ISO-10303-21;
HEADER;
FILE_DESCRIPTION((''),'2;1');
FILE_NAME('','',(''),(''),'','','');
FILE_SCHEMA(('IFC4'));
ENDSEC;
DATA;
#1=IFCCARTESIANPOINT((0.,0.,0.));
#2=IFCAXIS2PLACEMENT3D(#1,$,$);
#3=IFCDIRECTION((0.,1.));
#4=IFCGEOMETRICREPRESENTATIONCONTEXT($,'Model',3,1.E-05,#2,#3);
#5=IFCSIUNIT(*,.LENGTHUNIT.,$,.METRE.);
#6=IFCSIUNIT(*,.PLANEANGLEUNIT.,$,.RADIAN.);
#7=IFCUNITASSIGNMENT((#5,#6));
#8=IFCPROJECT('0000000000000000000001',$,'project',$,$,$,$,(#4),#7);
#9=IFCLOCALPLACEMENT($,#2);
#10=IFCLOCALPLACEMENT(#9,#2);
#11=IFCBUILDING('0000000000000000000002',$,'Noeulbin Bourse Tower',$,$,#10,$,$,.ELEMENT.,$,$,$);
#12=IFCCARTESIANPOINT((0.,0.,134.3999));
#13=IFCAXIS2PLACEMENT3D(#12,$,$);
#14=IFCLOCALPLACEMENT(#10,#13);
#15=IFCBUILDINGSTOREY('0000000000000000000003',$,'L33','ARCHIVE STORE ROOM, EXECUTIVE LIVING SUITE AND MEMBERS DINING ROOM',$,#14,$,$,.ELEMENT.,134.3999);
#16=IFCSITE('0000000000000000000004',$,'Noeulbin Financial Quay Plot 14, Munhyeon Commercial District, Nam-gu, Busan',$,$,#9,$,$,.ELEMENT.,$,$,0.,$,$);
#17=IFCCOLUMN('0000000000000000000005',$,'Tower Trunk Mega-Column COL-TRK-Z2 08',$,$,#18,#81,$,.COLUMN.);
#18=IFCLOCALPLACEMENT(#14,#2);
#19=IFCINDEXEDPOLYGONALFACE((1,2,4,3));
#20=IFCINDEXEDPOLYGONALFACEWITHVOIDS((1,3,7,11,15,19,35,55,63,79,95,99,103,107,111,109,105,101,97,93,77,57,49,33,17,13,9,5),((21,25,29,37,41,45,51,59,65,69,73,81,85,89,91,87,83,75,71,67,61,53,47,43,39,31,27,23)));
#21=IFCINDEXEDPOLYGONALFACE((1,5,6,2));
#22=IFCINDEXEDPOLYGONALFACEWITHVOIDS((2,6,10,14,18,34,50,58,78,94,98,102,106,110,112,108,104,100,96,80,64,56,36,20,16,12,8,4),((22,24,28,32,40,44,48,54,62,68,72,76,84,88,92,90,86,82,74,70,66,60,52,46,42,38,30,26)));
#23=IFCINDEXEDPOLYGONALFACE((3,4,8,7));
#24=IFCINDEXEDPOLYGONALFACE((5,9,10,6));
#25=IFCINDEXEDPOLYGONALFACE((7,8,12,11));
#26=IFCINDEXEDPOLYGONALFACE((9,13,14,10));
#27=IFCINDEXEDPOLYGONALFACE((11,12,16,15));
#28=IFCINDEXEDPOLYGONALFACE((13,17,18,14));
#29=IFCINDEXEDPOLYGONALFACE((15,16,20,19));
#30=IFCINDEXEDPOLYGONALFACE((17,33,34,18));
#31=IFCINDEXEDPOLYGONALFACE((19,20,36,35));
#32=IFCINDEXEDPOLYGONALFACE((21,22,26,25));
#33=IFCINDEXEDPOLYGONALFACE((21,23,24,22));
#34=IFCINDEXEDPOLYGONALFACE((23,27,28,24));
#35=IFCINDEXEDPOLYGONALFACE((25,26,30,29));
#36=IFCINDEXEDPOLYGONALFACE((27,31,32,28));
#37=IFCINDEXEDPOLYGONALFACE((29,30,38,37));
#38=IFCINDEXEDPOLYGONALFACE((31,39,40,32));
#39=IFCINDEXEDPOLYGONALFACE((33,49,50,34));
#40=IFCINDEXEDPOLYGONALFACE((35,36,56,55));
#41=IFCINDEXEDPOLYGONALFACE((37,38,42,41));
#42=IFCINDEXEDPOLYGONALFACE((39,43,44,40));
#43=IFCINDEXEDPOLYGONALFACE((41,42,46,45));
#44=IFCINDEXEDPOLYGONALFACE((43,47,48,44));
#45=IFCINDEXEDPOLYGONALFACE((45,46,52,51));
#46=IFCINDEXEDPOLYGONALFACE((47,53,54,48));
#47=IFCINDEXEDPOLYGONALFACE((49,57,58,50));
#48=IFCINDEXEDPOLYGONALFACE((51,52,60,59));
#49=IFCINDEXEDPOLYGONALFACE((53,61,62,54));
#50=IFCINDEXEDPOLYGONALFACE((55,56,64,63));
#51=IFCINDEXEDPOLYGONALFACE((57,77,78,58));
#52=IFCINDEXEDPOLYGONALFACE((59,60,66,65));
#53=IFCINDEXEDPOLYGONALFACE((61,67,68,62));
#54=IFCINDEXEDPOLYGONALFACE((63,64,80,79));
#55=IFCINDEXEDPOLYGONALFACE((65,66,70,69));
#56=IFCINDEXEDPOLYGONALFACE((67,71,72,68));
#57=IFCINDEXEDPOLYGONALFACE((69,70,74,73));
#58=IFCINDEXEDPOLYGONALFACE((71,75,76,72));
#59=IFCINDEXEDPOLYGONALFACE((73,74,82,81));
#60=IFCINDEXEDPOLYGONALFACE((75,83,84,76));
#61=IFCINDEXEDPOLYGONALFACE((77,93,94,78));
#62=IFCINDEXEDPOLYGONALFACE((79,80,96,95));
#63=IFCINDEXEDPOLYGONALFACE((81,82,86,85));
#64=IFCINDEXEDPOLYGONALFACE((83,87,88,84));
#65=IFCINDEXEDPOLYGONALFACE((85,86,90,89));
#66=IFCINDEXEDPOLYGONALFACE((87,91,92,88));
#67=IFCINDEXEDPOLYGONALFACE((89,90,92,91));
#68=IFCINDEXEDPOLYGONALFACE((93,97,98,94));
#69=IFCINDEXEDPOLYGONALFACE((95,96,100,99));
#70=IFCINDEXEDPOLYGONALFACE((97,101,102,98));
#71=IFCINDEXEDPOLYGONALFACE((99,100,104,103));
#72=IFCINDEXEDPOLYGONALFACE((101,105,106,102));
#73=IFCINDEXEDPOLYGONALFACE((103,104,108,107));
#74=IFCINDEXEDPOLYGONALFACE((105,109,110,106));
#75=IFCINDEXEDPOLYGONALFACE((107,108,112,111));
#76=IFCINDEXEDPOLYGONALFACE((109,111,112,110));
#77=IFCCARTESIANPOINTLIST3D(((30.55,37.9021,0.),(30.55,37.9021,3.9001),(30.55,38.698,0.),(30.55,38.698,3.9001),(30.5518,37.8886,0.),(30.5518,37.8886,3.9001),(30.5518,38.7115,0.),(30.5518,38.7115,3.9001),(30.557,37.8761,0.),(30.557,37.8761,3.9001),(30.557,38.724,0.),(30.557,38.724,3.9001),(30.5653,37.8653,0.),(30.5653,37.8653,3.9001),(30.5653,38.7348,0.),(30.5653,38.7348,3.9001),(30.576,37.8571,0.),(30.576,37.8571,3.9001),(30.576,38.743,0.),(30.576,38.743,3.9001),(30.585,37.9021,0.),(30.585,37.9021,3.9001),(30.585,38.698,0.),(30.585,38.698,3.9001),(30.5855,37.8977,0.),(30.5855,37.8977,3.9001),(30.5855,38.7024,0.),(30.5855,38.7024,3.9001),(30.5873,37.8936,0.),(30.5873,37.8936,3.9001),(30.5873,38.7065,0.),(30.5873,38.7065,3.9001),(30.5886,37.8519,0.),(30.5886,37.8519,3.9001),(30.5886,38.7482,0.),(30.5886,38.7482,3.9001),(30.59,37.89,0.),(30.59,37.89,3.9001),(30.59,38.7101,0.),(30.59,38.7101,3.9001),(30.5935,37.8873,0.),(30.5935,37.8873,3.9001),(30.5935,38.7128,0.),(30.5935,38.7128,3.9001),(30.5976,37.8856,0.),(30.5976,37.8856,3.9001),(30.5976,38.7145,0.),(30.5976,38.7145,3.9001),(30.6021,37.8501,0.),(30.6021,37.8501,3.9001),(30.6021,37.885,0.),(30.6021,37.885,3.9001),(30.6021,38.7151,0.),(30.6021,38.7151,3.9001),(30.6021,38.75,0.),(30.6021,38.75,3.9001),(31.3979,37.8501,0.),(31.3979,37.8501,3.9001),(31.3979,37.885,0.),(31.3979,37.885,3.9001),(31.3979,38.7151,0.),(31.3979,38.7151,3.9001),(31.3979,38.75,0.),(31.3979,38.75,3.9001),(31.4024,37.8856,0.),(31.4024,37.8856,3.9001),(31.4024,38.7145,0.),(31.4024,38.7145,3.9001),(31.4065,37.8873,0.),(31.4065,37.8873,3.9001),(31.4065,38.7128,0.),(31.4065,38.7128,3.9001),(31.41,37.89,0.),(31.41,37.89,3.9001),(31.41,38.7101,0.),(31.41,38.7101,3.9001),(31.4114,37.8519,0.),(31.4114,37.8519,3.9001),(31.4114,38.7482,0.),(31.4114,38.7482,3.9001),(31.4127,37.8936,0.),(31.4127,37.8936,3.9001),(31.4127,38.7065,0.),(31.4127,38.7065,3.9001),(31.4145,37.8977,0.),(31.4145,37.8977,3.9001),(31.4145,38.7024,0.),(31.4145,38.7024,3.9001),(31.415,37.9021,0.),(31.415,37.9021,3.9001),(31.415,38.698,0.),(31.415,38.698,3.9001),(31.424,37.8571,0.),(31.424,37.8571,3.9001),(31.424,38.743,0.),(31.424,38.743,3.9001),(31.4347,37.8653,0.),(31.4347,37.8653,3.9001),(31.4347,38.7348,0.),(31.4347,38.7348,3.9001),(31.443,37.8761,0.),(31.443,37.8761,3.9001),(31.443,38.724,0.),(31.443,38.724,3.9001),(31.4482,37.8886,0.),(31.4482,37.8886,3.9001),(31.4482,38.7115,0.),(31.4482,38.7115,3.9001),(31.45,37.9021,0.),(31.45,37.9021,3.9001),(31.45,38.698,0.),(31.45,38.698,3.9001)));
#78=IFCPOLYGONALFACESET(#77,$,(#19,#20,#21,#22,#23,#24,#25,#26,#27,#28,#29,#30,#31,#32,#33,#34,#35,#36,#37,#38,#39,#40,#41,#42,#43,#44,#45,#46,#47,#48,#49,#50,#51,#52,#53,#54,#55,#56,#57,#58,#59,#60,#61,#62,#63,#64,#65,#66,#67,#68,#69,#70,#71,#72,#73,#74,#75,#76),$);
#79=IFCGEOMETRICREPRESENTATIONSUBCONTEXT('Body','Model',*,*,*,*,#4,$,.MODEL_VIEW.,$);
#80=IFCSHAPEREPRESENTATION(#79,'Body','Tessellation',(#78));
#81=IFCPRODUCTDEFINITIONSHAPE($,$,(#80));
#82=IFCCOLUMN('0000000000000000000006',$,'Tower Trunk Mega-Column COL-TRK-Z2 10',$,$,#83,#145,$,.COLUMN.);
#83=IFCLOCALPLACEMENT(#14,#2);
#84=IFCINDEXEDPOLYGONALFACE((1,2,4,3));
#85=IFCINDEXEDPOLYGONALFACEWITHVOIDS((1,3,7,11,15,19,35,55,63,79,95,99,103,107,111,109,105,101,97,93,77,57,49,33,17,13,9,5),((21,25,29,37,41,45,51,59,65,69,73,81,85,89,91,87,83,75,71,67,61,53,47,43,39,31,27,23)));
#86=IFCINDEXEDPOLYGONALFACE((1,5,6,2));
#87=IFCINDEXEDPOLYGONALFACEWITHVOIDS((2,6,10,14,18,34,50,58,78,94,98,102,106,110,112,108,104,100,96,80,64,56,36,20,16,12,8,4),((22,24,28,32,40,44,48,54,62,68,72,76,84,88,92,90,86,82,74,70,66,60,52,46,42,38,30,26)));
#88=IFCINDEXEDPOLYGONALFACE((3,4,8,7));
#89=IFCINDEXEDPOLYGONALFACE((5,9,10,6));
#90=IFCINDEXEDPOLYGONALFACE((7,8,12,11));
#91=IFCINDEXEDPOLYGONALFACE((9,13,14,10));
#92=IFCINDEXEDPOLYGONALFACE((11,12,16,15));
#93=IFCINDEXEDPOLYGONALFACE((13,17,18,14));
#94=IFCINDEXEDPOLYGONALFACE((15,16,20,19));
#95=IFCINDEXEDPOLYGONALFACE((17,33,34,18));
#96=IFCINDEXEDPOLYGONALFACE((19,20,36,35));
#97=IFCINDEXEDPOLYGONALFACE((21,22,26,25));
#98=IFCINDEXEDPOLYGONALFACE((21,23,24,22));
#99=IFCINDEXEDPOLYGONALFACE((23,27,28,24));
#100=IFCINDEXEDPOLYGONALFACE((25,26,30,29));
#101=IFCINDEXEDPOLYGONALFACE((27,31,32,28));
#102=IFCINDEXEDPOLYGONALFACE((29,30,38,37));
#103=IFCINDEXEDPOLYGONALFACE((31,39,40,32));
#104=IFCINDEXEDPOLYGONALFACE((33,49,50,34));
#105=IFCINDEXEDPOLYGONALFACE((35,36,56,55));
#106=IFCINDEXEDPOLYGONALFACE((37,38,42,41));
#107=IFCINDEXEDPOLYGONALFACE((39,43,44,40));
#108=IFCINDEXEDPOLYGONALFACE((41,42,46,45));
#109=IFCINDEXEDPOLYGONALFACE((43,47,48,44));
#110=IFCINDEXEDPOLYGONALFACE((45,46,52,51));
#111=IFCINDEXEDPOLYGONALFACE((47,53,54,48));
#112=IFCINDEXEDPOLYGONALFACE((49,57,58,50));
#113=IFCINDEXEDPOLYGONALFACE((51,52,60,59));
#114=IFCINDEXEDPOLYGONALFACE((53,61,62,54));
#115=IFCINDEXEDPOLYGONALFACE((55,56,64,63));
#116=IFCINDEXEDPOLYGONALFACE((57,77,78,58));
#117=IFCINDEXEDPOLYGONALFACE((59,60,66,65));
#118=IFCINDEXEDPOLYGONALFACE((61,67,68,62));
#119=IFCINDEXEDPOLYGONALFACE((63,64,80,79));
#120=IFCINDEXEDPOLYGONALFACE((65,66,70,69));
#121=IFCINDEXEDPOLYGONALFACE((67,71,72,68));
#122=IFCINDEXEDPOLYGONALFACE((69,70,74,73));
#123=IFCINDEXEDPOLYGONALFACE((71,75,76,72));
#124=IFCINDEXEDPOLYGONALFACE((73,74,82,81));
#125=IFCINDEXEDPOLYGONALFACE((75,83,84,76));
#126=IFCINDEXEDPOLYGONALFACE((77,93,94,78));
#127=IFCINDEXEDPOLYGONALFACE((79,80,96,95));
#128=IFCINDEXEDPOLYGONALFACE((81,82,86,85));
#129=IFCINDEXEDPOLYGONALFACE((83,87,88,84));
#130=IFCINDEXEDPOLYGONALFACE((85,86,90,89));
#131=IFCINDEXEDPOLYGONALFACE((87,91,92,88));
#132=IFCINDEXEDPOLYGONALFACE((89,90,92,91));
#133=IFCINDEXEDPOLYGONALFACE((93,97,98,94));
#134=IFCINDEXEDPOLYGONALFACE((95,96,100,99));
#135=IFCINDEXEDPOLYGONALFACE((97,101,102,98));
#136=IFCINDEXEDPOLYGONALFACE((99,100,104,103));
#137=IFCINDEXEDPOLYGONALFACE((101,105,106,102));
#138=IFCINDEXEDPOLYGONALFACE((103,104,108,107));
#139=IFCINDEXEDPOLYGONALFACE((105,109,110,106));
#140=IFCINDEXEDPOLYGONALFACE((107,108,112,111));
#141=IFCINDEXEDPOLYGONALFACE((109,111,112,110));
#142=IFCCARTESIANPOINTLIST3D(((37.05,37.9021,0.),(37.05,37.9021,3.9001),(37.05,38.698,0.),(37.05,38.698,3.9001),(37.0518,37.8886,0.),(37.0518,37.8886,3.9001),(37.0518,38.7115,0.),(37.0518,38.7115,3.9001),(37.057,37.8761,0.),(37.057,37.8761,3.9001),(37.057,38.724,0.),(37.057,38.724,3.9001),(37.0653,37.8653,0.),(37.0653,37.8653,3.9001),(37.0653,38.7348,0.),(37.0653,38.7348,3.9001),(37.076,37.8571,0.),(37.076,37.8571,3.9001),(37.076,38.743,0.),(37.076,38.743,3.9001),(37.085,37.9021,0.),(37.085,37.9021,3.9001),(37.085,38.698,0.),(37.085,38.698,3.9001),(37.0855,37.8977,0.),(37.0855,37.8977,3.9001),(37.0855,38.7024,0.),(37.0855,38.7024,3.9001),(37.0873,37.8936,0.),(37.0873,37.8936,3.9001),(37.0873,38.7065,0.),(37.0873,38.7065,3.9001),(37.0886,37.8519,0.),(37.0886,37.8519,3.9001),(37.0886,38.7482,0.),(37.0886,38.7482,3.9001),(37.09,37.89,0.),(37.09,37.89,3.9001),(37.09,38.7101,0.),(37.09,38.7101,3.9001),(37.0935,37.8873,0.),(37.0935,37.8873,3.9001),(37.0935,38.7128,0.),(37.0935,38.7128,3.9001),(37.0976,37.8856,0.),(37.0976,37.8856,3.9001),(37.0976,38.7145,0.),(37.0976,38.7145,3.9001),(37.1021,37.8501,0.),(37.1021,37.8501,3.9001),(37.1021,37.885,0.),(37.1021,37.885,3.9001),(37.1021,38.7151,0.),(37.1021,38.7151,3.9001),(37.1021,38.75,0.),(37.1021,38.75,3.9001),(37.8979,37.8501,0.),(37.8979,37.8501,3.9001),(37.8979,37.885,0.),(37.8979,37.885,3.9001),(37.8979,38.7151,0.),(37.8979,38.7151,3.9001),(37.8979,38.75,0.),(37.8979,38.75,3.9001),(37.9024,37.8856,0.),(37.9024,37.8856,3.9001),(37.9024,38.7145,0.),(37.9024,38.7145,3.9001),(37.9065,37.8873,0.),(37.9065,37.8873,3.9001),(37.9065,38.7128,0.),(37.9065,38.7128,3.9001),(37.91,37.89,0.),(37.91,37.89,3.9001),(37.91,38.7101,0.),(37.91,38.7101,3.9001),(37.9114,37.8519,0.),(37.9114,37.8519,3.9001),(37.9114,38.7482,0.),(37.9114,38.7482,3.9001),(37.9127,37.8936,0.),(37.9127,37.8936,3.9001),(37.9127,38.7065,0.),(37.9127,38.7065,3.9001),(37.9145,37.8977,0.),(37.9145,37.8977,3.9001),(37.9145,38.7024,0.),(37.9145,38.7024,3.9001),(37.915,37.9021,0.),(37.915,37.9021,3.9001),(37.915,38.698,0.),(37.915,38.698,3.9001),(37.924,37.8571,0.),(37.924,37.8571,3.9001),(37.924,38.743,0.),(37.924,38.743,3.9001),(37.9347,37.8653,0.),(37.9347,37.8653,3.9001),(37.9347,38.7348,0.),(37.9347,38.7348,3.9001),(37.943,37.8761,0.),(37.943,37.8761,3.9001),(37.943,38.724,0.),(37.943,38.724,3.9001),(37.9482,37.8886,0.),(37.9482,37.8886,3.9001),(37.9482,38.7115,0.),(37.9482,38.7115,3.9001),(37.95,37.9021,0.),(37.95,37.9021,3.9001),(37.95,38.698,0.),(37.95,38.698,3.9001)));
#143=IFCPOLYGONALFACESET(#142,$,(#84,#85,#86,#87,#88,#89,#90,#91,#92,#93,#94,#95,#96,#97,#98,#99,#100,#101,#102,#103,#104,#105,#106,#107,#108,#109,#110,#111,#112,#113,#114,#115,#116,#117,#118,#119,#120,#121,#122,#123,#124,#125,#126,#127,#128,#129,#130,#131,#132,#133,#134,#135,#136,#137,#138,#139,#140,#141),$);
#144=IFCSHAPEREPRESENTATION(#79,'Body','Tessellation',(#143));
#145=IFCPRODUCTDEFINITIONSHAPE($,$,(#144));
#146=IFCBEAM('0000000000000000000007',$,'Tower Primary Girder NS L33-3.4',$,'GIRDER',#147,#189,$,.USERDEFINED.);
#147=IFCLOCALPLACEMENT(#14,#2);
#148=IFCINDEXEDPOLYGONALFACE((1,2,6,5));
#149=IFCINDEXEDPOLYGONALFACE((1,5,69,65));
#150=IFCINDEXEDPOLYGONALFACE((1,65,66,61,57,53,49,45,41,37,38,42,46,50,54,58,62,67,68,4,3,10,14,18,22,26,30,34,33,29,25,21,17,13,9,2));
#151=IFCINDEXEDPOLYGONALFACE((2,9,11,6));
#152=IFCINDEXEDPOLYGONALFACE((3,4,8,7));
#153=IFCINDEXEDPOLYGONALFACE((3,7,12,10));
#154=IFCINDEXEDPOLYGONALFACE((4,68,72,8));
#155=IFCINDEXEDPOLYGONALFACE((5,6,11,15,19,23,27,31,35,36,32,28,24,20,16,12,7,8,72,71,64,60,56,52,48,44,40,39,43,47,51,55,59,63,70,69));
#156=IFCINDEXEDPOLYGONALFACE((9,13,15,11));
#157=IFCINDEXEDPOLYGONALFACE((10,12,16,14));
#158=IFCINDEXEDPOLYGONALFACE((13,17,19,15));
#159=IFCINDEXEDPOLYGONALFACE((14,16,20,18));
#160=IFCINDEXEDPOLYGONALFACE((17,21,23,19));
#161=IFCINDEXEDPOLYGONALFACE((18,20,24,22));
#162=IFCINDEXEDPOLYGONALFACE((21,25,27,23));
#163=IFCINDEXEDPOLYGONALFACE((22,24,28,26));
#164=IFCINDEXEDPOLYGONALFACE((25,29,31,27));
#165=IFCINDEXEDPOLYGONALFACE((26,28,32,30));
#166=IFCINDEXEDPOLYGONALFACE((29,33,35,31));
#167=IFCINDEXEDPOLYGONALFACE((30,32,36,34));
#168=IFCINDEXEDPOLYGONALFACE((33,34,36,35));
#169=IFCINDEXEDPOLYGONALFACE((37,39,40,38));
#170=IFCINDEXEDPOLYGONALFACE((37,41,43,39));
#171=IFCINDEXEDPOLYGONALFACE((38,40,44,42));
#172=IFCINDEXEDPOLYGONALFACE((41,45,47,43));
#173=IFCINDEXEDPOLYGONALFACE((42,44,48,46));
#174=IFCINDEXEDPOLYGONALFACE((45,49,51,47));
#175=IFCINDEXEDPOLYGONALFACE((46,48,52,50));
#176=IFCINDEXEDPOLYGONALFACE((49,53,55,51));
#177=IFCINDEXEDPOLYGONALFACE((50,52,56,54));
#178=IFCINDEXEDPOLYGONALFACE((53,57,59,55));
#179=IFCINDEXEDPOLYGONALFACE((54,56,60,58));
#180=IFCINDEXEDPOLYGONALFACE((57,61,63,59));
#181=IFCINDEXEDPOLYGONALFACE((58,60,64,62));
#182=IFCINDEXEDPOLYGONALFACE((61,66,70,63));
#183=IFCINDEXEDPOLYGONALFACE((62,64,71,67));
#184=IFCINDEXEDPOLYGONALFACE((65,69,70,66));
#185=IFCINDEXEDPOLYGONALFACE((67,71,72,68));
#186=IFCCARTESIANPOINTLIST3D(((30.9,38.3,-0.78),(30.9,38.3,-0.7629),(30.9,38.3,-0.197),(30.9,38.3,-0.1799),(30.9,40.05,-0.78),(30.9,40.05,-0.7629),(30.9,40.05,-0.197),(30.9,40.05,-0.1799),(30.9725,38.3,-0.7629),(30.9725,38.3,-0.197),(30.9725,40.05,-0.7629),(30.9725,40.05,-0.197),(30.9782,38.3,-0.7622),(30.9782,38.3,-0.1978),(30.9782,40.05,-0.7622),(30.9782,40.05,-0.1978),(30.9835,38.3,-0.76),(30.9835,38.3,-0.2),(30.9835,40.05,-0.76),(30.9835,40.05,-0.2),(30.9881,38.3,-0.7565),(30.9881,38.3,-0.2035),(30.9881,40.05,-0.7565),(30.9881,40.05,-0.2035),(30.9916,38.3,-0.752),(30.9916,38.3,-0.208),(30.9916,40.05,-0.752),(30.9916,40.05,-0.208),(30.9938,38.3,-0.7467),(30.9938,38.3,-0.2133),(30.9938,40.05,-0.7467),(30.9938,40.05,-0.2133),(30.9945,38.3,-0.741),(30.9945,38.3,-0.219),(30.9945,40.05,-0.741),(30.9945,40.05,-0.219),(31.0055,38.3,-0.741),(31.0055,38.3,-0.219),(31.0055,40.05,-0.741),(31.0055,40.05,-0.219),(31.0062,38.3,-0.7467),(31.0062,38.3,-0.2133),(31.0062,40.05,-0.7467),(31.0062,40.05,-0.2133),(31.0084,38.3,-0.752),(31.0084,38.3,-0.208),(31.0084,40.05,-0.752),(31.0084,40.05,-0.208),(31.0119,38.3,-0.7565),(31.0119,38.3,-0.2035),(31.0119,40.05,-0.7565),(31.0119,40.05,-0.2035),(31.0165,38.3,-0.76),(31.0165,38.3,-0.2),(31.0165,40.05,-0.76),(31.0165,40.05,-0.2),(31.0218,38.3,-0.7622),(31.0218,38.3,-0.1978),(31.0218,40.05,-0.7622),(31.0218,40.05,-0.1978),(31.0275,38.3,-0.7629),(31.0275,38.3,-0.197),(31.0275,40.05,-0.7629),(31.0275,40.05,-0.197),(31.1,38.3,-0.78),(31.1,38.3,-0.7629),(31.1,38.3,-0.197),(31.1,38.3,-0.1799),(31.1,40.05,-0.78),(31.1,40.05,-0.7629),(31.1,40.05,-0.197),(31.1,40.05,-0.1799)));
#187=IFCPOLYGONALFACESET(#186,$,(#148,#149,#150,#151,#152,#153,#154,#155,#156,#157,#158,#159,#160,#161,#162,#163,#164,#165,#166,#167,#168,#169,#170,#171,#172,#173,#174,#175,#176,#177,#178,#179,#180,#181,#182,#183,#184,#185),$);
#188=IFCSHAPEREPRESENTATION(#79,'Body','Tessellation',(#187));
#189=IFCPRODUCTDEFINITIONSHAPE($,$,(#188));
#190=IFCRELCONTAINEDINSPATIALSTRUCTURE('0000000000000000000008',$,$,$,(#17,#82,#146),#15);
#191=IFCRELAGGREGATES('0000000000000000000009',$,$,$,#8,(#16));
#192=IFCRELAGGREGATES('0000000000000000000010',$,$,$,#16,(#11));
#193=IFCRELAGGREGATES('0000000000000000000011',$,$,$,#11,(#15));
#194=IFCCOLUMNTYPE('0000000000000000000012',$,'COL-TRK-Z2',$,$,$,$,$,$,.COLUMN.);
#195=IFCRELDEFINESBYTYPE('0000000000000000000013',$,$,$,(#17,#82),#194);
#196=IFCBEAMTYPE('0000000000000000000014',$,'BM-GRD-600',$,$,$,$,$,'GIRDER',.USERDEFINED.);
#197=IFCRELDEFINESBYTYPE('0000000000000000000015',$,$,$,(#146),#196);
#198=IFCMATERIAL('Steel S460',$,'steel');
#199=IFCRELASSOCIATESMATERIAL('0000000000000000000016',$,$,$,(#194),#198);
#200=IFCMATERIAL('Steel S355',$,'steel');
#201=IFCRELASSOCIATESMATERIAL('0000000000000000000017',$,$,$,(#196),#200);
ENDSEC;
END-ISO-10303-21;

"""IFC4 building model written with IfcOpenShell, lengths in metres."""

from ifc_helpers import new_model, si_unit, direction, frame, origin, origin_2d, place, context, subcontext, project, spatial, hollow_rectangle, i_section, extrude, material, material_profile, profile_set, type_object, element, save


model = new_model("IFC4")

# Units and contexts
model_context = context("Model", 3, precision=1e-05, world=origin(), true_north=direction((0.0, 1.0)))
body_context = subcontext(model_context, "Body", "Model", "MODEL_VIEW")
ifc_project = project(units=[si_unit("LENGTHUNIT", "METRE"), si_unit("PLANEANGLEUNIT", "RADIAN")], contexts=[model_context])

# Site, building, storey
site_placement = place(None, origin())
site = spatial("IfcSite", under=ifc_project, at=site_placement, Name="Noeulbin Financial Quay Plot 14, Munhyeon Commercial District, Nam-gu, Busan", CompositionType="ELEMENT", RefElevation=0.0)
building_placement = place(site_placement, origin())
building = spatial("IfcBuilding", under=site, at=building_placement, Name="Noeulbin Bourse Tower", CompositionType="ELEMENT")
storey_placement = place(building_placement, frame((0.0, 0.0, 134.3999)))
storey = spatial("IfcBuildingStorey", under=building, at=storey_placement, Name="L33", Description="ARCHIVE STORE ROOM, EXECUTIVE LIVING SUITE AND MEMBERS DINING ROOM", CompositionType="ELEMENT", Elevation=134.3999)

# Columns
ifc_material_1 = material(Name="Steel S460", Category="steel")
ifc_material_profile_1 = material_profile(ifc_material_1, hollow_rectangle(XDim=0.8999, YDim=0.8999, WallThickness=0.0349, InnerFilletRadius=0.0171, OuterFilletRadius=0.052, at=origin_2d()), Name="BOX-900x900x35", Category="LoadBearing")
ifc_profile_set_1 = profile_set([ifc_material_profile_1], Name="Steel S460")
column_type = type_object("IfcColumnType", Name="COL-TRK-Z2", PredefinedType="COLUMN", material=ifc_profile_set_1)
for number, where, z_axis, x_axis, name in (
    (1, (31.0, 38.3, 0.0), (0.0, 0.0, 1.0), (1.0, 0.0, 0.0), "Tower Trunk Mega-Column COL-TRK-Z2 08"),
    (2, (37.5, 38.3, 0.0), (0.0, 0.0, 1.0), (1.0, 0.0, 0.0), "Tower Trunk Mega-Column COL-TRK-Z2 10"),
):
    element("IfcColumn", number, at=place(storey_placement, frame(where, z_axis=z_axis, x_axis=x_axis)), inside=storey, type_object=column_type, Name=name, PredefinedType="COLUMN", context=body_context, shape_type="SweptSolid", body=[
        extrude(hollow_rectangle(XDim=0.8999, YDim=0.8999, WallThickness=0.0349, InnerFilletRadius=0.0171, OuterFilletRadius=0.052, at=origin_2d()), origin(), (0.0, 0.0, 1.0), 3.9001),
    ])

# Beam
ifc_material_2 = material(Name="Steel S355", Category="steel")
ifc_material_profile_2 = material_profile(ifc_material_2, i_section(OverallWidth=0.2, OverallDepth=0.6001, WebThickness=0.011, FlangeThickness=0.0171, FilletRadius=0.022, at=origin_2d()), Name="H-600x200x11x17", Category="LoadBearing")
ifc_profile_set_2 = profile_set([ifc_material_profile_2], Name="Steel S355")
beam_type = type_object("IfcBeamType", Name="BM-GRD-600", ElementType="GIRDER", PredefinedType="USERDEFINED", material=ifc_profile_set_2)
for number, where, z_axis, x_axis, name in (
    (3, (31.0, 38.3, -0.48), (0.0, 1.0, 0.0), (-1.0, 0.0, 0.0), "Tower Primary Girder NS L33-3.4"),
):
    element("IfcBeam", number, at=place(storey_placement, frame(where, z_axis=z_axis, x_axis=x_axis)), inside=storey, type_object=beam_type, Name=name, ObjectType="GIRDER", PredefinedType="USERDEFINED", context=body_context, shape_type="SweptSolid", body=[
        extrude(i_section(OverallWidth=0.2, OverallDepth=0.6001, WebThickness=0.011, FlangeThickness=0.0171, FilletRadius=0.022, at=origin_2d()), origin(), (0.0, 0.0, 1.0), 1.75),
    ])

save(model, "model.ifc")
